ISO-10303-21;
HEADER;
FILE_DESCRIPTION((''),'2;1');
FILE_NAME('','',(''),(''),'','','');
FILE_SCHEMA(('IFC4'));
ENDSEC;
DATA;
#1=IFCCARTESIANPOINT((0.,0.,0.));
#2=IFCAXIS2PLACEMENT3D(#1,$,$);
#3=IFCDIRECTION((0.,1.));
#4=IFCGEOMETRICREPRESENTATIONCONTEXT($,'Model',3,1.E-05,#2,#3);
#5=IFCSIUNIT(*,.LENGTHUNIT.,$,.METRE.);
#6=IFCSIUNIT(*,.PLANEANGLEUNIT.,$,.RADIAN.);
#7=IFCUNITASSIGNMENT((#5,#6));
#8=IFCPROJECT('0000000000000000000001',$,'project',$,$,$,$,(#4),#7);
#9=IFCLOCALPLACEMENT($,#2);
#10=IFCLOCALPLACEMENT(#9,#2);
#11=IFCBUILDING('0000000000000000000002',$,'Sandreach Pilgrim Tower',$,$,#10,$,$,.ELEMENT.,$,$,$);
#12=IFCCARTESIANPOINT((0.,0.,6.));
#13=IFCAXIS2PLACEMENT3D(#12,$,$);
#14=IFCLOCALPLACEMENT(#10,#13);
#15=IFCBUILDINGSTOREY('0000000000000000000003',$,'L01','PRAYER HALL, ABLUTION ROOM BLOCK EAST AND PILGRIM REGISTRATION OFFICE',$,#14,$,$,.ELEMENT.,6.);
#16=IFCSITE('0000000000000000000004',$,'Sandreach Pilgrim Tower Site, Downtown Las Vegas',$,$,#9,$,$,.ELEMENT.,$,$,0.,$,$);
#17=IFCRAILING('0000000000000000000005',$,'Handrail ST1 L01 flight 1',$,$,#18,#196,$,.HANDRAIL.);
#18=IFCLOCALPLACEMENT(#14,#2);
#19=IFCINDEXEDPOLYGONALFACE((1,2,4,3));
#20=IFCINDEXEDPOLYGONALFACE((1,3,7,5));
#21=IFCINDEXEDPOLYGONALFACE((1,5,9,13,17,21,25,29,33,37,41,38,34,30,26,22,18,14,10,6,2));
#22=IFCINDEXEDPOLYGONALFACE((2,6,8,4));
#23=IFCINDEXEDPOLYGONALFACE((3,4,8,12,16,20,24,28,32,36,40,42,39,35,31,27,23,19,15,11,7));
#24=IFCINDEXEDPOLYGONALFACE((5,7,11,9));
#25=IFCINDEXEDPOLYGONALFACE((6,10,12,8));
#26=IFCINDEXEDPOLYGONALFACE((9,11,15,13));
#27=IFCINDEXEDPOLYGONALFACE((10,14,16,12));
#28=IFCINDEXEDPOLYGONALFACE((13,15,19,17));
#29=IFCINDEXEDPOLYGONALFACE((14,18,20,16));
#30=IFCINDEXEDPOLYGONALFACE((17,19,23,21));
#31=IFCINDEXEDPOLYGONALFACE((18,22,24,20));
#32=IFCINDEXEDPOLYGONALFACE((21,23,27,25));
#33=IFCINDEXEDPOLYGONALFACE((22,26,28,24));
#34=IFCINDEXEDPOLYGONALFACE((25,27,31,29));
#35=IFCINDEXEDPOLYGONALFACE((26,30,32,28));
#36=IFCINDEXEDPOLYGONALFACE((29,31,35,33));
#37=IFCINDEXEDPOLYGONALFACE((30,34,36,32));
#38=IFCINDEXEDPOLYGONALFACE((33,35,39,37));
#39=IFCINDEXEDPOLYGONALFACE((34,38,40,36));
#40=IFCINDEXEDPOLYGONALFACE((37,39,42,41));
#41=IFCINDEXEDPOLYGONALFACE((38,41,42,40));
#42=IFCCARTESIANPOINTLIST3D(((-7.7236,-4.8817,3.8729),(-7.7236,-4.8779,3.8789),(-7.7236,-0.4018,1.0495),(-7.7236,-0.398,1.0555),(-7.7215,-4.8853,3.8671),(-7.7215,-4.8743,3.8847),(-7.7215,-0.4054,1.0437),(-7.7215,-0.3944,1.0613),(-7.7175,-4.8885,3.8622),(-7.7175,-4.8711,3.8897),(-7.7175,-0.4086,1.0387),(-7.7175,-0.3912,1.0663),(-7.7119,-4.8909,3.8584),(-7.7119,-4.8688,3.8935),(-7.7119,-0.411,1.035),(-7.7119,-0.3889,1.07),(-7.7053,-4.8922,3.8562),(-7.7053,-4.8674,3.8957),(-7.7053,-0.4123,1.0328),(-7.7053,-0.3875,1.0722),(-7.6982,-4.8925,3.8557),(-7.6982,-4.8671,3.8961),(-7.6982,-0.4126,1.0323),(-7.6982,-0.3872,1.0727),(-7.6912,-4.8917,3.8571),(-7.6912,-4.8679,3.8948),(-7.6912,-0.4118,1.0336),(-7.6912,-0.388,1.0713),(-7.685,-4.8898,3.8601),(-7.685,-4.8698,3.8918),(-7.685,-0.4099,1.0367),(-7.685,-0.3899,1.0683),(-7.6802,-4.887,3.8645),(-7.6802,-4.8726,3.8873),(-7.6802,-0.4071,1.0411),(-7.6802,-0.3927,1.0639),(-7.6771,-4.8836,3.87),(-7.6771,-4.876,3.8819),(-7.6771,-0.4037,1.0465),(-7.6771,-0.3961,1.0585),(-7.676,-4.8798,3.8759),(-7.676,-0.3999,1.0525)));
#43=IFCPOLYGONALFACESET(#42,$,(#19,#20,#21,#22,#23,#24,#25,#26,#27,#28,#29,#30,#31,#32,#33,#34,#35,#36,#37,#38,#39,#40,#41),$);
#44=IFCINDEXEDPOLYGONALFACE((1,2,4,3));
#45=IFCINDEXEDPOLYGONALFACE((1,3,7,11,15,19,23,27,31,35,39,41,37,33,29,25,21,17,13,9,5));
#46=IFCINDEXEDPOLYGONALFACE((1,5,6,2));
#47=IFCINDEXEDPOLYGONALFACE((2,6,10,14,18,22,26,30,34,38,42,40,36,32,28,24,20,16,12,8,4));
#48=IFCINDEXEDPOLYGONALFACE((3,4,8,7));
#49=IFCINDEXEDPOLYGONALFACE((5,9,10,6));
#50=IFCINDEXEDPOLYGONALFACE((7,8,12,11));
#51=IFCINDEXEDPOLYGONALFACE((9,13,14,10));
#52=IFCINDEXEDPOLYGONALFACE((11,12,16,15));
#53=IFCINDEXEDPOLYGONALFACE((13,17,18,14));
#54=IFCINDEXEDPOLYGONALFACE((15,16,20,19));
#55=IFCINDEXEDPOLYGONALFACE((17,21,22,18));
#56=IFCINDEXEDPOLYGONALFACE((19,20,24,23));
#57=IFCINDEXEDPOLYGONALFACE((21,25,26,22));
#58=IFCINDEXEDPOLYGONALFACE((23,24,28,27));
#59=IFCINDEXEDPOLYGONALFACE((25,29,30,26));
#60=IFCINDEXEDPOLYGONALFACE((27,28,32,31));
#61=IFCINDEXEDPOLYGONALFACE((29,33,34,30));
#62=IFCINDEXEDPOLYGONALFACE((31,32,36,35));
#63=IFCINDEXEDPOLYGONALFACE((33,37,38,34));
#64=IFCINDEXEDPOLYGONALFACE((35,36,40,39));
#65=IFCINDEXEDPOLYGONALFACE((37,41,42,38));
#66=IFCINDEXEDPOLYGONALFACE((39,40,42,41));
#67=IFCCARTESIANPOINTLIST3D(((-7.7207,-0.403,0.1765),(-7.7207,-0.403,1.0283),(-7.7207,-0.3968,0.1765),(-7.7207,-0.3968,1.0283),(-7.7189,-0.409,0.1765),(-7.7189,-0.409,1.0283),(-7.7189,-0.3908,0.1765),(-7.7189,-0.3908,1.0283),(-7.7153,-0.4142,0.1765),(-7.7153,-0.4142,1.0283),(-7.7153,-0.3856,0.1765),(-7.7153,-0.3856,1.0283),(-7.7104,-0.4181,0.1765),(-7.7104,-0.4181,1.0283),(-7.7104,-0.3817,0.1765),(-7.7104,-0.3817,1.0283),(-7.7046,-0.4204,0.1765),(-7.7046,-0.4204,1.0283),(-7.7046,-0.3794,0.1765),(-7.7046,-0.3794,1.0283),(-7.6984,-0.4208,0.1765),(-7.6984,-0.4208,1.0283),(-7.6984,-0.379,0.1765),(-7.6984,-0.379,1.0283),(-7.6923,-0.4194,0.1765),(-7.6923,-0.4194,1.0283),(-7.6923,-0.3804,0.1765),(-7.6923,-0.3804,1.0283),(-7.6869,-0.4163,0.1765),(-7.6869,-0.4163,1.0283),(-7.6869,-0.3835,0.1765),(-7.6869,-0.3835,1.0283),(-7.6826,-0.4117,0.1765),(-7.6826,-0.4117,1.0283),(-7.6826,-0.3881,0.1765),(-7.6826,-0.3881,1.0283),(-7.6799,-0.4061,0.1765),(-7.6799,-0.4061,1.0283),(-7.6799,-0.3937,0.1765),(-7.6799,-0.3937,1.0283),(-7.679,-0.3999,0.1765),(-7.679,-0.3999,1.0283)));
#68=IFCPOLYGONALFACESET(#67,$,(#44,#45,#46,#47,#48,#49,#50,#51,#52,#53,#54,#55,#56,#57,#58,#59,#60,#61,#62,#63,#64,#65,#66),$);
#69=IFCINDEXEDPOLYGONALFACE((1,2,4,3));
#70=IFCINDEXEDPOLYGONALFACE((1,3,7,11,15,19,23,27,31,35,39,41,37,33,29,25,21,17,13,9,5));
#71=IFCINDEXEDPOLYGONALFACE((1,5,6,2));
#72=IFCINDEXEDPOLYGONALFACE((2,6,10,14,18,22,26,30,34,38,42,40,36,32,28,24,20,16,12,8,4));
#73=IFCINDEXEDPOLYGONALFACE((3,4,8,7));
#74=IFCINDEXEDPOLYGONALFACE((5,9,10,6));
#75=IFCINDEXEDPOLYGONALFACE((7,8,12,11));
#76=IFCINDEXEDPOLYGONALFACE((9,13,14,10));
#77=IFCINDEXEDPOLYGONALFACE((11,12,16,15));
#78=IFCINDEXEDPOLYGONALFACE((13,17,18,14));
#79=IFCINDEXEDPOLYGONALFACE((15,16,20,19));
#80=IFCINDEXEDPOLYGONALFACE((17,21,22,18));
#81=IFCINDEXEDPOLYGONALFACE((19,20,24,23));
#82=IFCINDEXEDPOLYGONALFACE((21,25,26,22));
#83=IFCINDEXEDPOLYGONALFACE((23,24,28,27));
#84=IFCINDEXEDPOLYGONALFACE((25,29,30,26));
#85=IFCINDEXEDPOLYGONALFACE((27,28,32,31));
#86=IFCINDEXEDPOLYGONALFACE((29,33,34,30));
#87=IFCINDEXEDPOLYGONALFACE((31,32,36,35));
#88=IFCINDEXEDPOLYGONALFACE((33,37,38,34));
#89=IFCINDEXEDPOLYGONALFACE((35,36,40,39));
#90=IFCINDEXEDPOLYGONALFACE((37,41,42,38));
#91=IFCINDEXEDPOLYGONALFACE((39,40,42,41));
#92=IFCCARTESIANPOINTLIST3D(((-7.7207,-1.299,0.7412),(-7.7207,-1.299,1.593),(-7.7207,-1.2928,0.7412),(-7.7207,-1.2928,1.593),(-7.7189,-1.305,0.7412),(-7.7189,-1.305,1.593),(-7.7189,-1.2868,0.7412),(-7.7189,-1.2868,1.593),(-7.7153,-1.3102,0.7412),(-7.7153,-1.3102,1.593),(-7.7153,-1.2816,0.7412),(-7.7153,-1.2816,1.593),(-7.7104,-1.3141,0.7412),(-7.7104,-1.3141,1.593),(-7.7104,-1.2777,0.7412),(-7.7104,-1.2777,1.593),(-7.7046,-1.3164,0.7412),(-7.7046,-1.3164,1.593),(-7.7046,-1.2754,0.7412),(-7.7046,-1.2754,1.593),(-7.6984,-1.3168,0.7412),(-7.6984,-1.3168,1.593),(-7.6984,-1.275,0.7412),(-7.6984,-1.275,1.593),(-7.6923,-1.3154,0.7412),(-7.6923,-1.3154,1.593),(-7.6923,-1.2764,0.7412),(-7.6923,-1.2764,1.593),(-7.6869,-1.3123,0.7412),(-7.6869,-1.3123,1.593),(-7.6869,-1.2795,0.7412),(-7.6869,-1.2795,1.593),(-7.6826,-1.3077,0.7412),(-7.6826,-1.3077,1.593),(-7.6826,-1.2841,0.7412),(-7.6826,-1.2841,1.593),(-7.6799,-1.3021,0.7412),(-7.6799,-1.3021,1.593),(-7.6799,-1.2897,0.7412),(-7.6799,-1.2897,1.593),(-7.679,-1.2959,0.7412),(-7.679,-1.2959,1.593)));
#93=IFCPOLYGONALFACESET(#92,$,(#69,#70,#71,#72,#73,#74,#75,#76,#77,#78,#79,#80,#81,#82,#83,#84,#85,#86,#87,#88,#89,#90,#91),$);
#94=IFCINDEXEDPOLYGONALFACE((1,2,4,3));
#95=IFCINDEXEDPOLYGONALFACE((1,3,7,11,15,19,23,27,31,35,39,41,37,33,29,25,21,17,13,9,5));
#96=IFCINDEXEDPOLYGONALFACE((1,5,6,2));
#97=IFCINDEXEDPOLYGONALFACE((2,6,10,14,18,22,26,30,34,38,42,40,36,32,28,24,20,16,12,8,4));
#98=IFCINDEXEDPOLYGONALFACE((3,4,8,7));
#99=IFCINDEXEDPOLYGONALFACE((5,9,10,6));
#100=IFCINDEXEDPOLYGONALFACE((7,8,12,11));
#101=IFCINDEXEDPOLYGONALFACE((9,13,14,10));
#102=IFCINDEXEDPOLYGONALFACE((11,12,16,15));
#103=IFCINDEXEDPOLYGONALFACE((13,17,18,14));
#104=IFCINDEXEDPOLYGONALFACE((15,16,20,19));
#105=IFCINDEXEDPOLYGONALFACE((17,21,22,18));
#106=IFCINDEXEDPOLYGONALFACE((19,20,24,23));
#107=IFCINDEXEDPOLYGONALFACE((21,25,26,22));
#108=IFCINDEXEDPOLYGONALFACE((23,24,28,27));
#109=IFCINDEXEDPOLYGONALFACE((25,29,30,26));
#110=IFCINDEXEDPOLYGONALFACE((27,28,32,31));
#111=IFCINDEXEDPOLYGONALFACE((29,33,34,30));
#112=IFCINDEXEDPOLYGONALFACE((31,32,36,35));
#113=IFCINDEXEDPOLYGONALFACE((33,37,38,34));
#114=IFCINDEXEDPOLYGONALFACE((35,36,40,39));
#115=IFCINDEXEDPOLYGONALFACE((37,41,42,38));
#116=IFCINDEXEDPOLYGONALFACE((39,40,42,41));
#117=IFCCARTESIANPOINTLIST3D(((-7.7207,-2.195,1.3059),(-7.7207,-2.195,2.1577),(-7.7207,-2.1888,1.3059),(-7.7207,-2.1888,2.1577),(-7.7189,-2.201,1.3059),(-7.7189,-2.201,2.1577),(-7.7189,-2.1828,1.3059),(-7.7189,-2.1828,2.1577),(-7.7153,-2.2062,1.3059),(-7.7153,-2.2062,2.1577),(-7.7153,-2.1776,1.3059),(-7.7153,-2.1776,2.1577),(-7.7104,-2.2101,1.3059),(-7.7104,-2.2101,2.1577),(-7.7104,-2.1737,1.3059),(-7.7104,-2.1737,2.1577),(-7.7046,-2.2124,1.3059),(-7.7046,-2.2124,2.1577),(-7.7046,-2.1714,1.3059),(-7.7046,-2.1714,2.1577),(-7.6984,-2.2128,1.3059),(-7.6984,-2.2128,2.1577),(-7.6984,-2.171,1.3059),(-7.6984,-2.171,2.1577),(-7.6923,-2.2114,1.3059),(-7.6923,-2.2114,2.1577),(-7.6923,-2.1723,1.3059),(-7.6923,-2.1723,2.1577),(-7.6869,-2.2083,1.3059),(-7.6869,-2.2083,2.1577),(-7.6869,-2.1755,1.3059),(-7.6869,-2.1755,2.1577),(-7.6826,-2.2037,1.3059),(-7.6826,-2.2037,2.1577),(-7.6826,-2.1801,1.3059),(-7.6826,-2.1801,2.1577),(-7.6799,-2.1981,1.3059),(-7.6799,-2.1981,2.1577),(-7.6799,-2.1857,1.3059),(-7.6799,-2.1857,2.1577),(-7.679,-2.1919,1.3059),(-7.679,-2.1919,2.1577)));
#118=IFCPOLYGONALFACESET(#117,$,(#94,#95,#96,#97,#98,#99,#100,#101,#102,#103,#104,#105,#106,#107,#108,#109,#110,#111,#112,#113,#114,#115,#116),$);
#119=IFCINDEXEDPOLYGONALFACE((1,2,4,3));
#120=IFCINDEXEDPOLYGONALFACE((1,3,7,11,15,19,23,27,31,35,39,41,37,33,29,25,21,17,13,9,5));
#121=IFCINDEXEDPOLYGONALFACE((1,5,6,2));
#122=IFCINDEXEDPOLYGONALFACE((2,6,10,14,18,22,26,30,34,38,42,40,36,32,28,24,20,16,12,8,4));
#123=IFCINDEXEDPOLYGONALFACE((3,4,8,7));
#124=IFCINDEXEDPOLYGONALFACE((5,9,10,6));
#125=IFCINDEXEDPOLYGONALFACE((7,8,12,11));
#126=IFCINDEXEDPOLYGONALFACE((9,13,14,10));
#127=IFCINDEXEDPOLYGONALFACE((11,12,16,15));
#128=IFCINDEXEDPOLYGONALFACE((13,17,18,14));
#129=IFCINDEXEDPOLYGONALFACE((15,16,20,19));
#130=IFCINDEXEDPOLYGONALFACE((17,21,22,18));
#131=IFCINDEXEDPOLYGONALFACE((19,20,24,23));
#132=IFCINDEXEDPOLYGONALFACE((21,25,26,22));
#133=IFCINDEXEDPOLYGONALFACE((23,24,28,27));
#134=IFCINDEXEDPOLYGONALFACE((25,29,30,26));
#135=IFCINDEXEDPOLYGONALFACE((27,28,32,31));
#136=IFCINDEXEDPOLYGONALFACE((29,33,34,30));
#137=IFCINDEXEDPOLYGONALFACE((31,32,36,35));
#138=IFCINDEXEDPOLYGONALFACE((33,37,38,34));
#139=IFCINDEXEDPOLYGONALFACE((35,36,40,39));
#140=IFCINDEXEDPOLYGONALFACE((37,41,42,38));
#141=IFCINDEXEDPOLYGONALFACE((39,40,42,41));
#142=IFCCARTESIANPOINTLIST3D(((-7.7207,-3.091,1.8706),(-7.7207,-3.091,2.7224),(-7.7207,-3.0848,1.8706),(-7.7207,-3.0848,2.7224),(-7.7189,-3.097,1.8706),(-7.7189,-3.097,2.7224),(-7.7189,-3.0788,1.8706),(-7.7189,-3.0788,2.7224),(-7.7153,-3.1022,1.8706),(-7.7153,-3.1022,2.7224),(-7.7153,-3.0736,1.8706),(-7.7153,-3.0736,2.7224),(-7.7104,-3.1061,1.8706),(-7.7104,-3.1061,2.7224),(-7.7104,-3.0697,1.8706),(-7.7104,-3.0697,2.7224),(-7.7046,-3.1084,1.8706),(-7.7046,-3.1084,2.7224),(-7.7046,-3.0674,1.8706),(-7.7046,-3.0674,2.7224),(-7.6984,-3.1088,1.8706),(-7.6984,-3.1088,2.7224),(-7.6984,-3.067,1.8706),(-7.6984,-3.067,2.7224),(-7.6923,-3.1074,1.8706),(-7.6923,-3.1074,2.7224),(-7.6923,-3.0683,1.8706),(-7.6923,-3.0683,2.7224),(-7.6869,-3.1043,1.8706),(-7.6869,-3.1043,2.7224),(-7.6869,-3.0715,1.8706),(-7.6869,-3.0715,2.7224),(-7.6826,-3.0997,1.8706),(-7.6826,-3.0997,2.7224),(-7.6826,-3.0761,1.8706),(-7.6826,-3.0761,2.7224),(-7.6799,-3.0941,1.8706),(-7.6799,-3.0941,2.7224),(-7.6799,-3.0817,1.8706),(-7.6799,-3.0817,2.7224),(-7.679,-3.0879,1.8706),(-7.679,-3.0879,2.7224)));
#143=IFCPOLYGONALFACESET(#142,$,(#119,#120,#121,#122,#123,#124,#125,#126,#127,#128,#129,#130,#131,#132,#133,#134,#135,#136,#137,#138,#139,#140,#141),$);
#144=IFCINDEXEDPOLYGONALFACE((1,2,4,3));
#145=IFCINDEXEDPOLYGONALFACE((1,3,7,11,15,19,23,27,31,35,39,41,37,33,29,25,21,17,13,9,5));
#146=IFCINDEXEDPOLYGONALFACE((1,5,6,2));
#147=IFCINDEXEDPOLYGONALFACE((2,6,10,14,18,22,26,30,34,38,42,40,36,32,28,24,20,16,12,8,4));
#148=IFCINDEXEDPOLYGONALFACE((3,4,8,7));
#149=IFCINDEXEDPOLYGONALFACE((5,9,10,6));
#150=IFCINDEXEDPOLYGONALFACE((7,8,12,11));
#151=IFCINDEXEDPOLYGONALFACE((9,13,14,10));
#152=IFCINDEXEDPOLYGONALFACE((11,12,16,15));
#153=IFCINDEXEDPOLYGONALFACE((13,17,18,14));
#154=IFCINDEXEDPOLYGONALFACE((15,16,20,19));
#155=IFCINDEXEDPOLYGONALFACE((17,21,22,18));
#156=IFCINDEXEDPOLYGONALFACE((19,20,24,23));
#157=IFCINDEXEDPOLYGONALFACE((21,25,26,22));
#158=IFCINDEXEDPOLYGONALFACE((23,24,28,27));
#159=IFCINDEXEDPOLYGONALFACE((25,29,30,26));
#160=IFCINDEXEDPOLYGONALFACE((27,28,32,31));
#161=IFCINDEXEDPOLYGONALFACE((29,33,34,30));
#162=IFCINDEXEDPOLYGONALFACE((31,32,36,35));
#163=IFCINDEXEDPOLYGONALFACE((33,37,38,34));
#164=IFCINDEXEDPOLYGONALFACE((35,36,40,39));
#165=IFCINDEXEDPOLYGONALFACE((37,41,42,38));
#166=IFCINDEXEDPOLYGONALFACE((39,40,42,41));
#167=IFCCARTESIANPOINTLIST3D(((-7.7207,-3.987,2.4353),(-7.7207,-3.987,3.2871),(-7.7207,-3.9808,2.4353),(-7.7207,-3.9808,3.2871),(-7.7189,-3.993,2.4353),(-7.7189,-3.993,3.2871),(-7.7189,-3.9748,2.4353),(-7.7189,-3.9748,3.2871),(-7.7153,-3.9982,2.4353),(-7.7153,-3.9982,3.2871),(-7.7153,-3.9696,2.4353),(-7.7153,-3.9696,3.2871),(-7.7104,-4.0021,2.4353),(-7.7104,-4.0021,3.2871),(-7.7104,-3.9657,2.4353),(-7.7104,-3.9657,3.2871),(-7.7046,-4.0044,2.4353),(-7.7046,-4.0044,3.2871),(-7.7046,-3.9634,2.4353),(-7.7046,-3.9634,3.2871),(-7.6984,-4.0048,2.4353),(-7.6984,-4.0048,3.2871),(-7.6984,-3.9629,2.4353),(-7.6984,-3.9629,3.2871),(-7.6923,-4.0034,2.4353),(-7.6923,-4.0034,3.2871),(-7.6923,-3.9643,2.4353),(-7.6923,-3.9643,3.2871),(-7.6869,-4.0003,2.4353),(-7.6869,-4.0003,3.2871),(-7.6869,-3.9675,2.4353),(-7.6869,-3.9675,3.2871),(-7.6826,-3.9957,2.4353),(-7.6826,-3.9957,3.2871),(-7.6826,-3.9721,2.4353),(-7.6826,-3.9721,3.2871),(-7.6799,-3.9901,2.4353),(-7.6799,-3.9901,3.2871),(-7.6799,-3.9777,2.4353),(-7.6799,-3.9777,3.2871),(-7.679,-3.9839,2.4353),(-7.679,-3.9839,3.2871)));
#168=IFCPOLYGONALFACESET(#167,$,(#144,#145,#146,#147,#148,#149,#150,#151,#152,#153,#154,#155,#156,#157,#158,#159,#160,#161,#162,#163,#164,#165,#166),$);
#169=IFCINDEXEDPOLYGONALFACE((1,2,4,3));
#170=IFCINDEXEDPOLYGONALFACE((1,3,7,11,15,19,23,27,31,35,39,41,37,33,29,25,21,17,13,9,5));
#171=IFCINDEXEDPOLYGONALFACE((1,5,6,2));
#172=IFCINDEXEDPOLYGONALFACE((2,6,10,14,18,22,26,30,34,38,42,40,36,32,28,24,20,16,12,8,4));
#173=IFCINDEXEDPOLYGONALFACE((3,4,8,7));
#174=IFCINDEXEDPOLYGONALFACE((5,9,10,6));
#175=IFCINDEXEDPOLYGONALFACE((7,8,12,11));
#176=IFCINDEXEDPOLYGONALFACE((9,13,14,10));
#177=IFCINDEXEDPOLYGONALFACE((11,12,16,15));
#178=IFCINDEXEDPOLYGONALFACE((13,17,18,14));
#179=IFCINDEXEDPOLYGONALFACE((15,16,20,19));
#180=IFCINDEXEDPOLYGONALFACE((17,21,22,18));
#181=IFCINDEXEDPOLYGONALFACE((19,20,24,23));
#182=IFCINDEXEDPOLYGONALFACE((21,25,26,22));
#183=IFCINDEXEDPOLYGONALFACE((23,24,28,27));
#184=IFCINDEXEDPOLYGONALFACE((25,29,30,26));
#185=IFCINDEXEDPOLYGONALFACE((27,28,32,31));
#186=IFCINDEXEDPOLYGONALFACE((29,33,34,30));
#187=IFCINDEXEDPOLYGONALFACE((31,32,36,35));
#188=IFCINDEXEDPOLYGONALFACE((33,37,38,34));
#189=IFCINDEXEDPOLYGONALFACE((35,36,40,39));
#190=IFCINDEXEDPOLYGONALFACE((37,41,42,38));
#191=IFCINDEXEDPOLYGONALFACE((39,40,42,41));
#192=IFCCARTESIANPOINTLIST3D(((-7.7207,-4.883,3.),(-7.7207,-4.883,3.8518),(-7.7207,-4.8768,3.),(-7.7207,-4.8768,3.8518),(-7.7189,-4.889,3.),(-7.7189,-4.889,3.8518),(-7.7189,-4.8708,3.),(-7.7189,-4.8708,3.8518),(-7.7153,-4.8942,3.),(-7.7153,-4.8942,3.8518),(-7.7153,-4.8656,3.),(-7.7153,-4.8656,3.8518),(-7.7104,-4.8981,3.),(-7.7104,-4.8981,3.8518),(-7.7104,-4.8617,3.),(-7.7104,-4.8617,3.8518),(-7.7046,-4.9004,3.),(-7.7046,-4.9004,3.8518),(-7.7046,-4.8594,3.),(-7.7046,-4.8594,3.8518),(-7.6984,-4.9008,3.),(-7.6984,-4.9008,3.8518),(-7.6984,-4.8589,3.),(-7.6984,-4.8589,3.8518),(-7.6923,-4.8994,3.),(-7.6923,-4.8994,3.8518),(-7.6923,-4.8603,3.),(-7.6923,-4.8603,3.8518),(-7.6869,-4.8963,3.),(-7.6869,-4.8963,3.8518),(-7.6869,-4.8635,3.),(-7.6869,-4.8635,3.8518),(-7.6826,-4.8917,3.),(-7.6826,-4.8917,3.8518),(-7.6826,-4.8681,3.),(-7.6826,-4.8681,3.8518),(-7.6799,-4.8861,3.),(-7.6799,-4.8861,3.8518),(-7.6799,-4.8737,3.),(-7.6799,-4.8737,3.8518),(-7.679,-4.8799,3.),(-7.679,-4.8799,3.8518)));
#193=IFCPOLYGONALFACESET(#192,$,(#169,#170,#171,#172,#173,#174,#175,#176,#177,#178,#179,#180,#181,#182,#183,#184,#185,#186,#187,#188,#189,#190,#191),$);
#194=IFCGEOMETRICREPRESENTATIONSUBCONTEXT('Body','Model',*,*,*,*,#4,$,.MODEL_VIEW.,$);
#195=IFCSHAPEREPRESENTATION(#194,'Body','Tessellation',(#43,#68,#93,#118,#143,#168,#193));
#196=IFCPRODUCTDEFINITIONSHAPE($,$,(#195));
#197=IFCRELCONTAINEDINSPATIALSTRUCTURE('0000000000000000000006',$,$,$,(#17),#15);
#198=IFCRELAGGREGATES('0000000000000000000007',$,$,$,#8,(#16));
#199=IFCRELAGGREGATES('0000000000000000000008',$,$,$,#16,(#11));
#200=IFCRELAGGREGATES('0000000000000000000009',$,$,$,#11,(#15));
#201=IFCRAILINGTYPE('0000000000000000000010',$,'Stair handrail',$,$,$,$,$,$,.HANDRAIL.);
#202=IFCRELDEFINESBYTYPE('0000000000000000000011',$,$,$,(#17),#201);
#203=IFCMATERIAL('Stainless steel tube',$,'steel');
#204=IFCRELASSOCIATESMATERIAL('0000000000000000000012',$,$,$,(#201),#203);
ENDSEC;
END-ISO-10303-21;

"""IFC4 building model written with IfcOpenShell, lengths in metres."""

from ifc_helpers import new_model, si_unit, direction, frame, origin, origin_2d, place, context, subcontext, project, spatial, circle, extrude, material, type_object, element, save


model = new_model("IFC4")

# Units and contexts
model_context = context("Model", 3, precision=1e-05, world=origin(), true_north=direction((0.0, 1.0)))
body_context = subcontext(model_context, "Body", "Model", "MODEL_VIEW")
ifc_project = project(units=[si_unit("LENGTHUNIT", "METRE"), si_unit("PLANEANGLEUNIT", "RADIAN")], contexts=[model_context])

# Site, building, storey
site_placement = place(None, origin())
site = spatial("IfcSite", under=ifc_project, at=site_placement, Name="Sandreach Pilgrim Tower Site, Downtown Las Vegas", CompositionType="ELEMENT", RefElevation=0.0)
building_placement = place(site_placement, origin())
building = spatial("IfcBuilding", under=site, at=building_placement, Name="Sandreach Pilgrim Tower", CompositionType="ELEMENT")
storey_placement = place(building_placement, frame((0.0, 0.0, 6.0)))
storey = spatial("IfcBuildingStorey", under=building, at=storey_placement, Name="L01", Description="PRAYER HALL, ABLUTION ROOM BLOCK EAST AND PILGRIM REGISTRATION OFFICE", CompositionType="ELEMENT", Elevation=6.0)

# Railing
ifc_material_1 = material(Name="Stainless steel tube", Category="steel")
railing_type = type_object("IfcRailingType", Name="Stair handrail", PredefinedType="HANDRAIL", material=ifc_material_1)
for number, where, name in (
    (1, (-7.7, -0.3999, 0.1765), "Handrail ST1 L01 flight 1"),
):
    element("IfcRailing", number, at=place(storey_placement, frame(where)), inside=storey, type_object=railing_type, Name=name, PredefinedType="HANDRAIL", context=body_context, shape_type="SweptSolid", body=[
        extrude(circle(Radius=0.0239, at=origin_2d()), frame((0.0, 0.0, 0.876), z_axis=(0.0, -0.845998, 0.533186), x_axis=(1.0, 0.0, 0.0)), (0.0, 0.0, 1.0), 5.2954),
        extrude(circle(Radius=0.021, at=origin_2d()), origin(), (0.0, 0.0, 1.0), 0.8518),
        extrude(circle(Radius=0.021, at=origin_2d()), frame((0.0, -0.896, 0.5647)), (0.0, 0.0, 1.0), 0.8518),
        extrude(circle(Radius=0.021, at=origin_2d()), frame((0.0, -1.792, 1.1294)), (0.0, 0.0, 1.0), 0.8518),
        extrude(circle(Radius=0.021, at=origin_2d()), frame((0.0, -2.688, 1.6941)), (0.0, 0.0, 1.0), 0.8518),
        extrude(circle(Radius=0.021, at=origin_2d()), frame((0.0, -3.584, 2.2588)), (0.0, 0.0, 1.0), 0.8518),
        extrude(circle(Radius=0.021, at=origin_2d()), frame((0.0, -4.48, 2.8235)), (0.0, 0.0, 1.0), 0.8518),
    ])

save(model, "model.ifc")
